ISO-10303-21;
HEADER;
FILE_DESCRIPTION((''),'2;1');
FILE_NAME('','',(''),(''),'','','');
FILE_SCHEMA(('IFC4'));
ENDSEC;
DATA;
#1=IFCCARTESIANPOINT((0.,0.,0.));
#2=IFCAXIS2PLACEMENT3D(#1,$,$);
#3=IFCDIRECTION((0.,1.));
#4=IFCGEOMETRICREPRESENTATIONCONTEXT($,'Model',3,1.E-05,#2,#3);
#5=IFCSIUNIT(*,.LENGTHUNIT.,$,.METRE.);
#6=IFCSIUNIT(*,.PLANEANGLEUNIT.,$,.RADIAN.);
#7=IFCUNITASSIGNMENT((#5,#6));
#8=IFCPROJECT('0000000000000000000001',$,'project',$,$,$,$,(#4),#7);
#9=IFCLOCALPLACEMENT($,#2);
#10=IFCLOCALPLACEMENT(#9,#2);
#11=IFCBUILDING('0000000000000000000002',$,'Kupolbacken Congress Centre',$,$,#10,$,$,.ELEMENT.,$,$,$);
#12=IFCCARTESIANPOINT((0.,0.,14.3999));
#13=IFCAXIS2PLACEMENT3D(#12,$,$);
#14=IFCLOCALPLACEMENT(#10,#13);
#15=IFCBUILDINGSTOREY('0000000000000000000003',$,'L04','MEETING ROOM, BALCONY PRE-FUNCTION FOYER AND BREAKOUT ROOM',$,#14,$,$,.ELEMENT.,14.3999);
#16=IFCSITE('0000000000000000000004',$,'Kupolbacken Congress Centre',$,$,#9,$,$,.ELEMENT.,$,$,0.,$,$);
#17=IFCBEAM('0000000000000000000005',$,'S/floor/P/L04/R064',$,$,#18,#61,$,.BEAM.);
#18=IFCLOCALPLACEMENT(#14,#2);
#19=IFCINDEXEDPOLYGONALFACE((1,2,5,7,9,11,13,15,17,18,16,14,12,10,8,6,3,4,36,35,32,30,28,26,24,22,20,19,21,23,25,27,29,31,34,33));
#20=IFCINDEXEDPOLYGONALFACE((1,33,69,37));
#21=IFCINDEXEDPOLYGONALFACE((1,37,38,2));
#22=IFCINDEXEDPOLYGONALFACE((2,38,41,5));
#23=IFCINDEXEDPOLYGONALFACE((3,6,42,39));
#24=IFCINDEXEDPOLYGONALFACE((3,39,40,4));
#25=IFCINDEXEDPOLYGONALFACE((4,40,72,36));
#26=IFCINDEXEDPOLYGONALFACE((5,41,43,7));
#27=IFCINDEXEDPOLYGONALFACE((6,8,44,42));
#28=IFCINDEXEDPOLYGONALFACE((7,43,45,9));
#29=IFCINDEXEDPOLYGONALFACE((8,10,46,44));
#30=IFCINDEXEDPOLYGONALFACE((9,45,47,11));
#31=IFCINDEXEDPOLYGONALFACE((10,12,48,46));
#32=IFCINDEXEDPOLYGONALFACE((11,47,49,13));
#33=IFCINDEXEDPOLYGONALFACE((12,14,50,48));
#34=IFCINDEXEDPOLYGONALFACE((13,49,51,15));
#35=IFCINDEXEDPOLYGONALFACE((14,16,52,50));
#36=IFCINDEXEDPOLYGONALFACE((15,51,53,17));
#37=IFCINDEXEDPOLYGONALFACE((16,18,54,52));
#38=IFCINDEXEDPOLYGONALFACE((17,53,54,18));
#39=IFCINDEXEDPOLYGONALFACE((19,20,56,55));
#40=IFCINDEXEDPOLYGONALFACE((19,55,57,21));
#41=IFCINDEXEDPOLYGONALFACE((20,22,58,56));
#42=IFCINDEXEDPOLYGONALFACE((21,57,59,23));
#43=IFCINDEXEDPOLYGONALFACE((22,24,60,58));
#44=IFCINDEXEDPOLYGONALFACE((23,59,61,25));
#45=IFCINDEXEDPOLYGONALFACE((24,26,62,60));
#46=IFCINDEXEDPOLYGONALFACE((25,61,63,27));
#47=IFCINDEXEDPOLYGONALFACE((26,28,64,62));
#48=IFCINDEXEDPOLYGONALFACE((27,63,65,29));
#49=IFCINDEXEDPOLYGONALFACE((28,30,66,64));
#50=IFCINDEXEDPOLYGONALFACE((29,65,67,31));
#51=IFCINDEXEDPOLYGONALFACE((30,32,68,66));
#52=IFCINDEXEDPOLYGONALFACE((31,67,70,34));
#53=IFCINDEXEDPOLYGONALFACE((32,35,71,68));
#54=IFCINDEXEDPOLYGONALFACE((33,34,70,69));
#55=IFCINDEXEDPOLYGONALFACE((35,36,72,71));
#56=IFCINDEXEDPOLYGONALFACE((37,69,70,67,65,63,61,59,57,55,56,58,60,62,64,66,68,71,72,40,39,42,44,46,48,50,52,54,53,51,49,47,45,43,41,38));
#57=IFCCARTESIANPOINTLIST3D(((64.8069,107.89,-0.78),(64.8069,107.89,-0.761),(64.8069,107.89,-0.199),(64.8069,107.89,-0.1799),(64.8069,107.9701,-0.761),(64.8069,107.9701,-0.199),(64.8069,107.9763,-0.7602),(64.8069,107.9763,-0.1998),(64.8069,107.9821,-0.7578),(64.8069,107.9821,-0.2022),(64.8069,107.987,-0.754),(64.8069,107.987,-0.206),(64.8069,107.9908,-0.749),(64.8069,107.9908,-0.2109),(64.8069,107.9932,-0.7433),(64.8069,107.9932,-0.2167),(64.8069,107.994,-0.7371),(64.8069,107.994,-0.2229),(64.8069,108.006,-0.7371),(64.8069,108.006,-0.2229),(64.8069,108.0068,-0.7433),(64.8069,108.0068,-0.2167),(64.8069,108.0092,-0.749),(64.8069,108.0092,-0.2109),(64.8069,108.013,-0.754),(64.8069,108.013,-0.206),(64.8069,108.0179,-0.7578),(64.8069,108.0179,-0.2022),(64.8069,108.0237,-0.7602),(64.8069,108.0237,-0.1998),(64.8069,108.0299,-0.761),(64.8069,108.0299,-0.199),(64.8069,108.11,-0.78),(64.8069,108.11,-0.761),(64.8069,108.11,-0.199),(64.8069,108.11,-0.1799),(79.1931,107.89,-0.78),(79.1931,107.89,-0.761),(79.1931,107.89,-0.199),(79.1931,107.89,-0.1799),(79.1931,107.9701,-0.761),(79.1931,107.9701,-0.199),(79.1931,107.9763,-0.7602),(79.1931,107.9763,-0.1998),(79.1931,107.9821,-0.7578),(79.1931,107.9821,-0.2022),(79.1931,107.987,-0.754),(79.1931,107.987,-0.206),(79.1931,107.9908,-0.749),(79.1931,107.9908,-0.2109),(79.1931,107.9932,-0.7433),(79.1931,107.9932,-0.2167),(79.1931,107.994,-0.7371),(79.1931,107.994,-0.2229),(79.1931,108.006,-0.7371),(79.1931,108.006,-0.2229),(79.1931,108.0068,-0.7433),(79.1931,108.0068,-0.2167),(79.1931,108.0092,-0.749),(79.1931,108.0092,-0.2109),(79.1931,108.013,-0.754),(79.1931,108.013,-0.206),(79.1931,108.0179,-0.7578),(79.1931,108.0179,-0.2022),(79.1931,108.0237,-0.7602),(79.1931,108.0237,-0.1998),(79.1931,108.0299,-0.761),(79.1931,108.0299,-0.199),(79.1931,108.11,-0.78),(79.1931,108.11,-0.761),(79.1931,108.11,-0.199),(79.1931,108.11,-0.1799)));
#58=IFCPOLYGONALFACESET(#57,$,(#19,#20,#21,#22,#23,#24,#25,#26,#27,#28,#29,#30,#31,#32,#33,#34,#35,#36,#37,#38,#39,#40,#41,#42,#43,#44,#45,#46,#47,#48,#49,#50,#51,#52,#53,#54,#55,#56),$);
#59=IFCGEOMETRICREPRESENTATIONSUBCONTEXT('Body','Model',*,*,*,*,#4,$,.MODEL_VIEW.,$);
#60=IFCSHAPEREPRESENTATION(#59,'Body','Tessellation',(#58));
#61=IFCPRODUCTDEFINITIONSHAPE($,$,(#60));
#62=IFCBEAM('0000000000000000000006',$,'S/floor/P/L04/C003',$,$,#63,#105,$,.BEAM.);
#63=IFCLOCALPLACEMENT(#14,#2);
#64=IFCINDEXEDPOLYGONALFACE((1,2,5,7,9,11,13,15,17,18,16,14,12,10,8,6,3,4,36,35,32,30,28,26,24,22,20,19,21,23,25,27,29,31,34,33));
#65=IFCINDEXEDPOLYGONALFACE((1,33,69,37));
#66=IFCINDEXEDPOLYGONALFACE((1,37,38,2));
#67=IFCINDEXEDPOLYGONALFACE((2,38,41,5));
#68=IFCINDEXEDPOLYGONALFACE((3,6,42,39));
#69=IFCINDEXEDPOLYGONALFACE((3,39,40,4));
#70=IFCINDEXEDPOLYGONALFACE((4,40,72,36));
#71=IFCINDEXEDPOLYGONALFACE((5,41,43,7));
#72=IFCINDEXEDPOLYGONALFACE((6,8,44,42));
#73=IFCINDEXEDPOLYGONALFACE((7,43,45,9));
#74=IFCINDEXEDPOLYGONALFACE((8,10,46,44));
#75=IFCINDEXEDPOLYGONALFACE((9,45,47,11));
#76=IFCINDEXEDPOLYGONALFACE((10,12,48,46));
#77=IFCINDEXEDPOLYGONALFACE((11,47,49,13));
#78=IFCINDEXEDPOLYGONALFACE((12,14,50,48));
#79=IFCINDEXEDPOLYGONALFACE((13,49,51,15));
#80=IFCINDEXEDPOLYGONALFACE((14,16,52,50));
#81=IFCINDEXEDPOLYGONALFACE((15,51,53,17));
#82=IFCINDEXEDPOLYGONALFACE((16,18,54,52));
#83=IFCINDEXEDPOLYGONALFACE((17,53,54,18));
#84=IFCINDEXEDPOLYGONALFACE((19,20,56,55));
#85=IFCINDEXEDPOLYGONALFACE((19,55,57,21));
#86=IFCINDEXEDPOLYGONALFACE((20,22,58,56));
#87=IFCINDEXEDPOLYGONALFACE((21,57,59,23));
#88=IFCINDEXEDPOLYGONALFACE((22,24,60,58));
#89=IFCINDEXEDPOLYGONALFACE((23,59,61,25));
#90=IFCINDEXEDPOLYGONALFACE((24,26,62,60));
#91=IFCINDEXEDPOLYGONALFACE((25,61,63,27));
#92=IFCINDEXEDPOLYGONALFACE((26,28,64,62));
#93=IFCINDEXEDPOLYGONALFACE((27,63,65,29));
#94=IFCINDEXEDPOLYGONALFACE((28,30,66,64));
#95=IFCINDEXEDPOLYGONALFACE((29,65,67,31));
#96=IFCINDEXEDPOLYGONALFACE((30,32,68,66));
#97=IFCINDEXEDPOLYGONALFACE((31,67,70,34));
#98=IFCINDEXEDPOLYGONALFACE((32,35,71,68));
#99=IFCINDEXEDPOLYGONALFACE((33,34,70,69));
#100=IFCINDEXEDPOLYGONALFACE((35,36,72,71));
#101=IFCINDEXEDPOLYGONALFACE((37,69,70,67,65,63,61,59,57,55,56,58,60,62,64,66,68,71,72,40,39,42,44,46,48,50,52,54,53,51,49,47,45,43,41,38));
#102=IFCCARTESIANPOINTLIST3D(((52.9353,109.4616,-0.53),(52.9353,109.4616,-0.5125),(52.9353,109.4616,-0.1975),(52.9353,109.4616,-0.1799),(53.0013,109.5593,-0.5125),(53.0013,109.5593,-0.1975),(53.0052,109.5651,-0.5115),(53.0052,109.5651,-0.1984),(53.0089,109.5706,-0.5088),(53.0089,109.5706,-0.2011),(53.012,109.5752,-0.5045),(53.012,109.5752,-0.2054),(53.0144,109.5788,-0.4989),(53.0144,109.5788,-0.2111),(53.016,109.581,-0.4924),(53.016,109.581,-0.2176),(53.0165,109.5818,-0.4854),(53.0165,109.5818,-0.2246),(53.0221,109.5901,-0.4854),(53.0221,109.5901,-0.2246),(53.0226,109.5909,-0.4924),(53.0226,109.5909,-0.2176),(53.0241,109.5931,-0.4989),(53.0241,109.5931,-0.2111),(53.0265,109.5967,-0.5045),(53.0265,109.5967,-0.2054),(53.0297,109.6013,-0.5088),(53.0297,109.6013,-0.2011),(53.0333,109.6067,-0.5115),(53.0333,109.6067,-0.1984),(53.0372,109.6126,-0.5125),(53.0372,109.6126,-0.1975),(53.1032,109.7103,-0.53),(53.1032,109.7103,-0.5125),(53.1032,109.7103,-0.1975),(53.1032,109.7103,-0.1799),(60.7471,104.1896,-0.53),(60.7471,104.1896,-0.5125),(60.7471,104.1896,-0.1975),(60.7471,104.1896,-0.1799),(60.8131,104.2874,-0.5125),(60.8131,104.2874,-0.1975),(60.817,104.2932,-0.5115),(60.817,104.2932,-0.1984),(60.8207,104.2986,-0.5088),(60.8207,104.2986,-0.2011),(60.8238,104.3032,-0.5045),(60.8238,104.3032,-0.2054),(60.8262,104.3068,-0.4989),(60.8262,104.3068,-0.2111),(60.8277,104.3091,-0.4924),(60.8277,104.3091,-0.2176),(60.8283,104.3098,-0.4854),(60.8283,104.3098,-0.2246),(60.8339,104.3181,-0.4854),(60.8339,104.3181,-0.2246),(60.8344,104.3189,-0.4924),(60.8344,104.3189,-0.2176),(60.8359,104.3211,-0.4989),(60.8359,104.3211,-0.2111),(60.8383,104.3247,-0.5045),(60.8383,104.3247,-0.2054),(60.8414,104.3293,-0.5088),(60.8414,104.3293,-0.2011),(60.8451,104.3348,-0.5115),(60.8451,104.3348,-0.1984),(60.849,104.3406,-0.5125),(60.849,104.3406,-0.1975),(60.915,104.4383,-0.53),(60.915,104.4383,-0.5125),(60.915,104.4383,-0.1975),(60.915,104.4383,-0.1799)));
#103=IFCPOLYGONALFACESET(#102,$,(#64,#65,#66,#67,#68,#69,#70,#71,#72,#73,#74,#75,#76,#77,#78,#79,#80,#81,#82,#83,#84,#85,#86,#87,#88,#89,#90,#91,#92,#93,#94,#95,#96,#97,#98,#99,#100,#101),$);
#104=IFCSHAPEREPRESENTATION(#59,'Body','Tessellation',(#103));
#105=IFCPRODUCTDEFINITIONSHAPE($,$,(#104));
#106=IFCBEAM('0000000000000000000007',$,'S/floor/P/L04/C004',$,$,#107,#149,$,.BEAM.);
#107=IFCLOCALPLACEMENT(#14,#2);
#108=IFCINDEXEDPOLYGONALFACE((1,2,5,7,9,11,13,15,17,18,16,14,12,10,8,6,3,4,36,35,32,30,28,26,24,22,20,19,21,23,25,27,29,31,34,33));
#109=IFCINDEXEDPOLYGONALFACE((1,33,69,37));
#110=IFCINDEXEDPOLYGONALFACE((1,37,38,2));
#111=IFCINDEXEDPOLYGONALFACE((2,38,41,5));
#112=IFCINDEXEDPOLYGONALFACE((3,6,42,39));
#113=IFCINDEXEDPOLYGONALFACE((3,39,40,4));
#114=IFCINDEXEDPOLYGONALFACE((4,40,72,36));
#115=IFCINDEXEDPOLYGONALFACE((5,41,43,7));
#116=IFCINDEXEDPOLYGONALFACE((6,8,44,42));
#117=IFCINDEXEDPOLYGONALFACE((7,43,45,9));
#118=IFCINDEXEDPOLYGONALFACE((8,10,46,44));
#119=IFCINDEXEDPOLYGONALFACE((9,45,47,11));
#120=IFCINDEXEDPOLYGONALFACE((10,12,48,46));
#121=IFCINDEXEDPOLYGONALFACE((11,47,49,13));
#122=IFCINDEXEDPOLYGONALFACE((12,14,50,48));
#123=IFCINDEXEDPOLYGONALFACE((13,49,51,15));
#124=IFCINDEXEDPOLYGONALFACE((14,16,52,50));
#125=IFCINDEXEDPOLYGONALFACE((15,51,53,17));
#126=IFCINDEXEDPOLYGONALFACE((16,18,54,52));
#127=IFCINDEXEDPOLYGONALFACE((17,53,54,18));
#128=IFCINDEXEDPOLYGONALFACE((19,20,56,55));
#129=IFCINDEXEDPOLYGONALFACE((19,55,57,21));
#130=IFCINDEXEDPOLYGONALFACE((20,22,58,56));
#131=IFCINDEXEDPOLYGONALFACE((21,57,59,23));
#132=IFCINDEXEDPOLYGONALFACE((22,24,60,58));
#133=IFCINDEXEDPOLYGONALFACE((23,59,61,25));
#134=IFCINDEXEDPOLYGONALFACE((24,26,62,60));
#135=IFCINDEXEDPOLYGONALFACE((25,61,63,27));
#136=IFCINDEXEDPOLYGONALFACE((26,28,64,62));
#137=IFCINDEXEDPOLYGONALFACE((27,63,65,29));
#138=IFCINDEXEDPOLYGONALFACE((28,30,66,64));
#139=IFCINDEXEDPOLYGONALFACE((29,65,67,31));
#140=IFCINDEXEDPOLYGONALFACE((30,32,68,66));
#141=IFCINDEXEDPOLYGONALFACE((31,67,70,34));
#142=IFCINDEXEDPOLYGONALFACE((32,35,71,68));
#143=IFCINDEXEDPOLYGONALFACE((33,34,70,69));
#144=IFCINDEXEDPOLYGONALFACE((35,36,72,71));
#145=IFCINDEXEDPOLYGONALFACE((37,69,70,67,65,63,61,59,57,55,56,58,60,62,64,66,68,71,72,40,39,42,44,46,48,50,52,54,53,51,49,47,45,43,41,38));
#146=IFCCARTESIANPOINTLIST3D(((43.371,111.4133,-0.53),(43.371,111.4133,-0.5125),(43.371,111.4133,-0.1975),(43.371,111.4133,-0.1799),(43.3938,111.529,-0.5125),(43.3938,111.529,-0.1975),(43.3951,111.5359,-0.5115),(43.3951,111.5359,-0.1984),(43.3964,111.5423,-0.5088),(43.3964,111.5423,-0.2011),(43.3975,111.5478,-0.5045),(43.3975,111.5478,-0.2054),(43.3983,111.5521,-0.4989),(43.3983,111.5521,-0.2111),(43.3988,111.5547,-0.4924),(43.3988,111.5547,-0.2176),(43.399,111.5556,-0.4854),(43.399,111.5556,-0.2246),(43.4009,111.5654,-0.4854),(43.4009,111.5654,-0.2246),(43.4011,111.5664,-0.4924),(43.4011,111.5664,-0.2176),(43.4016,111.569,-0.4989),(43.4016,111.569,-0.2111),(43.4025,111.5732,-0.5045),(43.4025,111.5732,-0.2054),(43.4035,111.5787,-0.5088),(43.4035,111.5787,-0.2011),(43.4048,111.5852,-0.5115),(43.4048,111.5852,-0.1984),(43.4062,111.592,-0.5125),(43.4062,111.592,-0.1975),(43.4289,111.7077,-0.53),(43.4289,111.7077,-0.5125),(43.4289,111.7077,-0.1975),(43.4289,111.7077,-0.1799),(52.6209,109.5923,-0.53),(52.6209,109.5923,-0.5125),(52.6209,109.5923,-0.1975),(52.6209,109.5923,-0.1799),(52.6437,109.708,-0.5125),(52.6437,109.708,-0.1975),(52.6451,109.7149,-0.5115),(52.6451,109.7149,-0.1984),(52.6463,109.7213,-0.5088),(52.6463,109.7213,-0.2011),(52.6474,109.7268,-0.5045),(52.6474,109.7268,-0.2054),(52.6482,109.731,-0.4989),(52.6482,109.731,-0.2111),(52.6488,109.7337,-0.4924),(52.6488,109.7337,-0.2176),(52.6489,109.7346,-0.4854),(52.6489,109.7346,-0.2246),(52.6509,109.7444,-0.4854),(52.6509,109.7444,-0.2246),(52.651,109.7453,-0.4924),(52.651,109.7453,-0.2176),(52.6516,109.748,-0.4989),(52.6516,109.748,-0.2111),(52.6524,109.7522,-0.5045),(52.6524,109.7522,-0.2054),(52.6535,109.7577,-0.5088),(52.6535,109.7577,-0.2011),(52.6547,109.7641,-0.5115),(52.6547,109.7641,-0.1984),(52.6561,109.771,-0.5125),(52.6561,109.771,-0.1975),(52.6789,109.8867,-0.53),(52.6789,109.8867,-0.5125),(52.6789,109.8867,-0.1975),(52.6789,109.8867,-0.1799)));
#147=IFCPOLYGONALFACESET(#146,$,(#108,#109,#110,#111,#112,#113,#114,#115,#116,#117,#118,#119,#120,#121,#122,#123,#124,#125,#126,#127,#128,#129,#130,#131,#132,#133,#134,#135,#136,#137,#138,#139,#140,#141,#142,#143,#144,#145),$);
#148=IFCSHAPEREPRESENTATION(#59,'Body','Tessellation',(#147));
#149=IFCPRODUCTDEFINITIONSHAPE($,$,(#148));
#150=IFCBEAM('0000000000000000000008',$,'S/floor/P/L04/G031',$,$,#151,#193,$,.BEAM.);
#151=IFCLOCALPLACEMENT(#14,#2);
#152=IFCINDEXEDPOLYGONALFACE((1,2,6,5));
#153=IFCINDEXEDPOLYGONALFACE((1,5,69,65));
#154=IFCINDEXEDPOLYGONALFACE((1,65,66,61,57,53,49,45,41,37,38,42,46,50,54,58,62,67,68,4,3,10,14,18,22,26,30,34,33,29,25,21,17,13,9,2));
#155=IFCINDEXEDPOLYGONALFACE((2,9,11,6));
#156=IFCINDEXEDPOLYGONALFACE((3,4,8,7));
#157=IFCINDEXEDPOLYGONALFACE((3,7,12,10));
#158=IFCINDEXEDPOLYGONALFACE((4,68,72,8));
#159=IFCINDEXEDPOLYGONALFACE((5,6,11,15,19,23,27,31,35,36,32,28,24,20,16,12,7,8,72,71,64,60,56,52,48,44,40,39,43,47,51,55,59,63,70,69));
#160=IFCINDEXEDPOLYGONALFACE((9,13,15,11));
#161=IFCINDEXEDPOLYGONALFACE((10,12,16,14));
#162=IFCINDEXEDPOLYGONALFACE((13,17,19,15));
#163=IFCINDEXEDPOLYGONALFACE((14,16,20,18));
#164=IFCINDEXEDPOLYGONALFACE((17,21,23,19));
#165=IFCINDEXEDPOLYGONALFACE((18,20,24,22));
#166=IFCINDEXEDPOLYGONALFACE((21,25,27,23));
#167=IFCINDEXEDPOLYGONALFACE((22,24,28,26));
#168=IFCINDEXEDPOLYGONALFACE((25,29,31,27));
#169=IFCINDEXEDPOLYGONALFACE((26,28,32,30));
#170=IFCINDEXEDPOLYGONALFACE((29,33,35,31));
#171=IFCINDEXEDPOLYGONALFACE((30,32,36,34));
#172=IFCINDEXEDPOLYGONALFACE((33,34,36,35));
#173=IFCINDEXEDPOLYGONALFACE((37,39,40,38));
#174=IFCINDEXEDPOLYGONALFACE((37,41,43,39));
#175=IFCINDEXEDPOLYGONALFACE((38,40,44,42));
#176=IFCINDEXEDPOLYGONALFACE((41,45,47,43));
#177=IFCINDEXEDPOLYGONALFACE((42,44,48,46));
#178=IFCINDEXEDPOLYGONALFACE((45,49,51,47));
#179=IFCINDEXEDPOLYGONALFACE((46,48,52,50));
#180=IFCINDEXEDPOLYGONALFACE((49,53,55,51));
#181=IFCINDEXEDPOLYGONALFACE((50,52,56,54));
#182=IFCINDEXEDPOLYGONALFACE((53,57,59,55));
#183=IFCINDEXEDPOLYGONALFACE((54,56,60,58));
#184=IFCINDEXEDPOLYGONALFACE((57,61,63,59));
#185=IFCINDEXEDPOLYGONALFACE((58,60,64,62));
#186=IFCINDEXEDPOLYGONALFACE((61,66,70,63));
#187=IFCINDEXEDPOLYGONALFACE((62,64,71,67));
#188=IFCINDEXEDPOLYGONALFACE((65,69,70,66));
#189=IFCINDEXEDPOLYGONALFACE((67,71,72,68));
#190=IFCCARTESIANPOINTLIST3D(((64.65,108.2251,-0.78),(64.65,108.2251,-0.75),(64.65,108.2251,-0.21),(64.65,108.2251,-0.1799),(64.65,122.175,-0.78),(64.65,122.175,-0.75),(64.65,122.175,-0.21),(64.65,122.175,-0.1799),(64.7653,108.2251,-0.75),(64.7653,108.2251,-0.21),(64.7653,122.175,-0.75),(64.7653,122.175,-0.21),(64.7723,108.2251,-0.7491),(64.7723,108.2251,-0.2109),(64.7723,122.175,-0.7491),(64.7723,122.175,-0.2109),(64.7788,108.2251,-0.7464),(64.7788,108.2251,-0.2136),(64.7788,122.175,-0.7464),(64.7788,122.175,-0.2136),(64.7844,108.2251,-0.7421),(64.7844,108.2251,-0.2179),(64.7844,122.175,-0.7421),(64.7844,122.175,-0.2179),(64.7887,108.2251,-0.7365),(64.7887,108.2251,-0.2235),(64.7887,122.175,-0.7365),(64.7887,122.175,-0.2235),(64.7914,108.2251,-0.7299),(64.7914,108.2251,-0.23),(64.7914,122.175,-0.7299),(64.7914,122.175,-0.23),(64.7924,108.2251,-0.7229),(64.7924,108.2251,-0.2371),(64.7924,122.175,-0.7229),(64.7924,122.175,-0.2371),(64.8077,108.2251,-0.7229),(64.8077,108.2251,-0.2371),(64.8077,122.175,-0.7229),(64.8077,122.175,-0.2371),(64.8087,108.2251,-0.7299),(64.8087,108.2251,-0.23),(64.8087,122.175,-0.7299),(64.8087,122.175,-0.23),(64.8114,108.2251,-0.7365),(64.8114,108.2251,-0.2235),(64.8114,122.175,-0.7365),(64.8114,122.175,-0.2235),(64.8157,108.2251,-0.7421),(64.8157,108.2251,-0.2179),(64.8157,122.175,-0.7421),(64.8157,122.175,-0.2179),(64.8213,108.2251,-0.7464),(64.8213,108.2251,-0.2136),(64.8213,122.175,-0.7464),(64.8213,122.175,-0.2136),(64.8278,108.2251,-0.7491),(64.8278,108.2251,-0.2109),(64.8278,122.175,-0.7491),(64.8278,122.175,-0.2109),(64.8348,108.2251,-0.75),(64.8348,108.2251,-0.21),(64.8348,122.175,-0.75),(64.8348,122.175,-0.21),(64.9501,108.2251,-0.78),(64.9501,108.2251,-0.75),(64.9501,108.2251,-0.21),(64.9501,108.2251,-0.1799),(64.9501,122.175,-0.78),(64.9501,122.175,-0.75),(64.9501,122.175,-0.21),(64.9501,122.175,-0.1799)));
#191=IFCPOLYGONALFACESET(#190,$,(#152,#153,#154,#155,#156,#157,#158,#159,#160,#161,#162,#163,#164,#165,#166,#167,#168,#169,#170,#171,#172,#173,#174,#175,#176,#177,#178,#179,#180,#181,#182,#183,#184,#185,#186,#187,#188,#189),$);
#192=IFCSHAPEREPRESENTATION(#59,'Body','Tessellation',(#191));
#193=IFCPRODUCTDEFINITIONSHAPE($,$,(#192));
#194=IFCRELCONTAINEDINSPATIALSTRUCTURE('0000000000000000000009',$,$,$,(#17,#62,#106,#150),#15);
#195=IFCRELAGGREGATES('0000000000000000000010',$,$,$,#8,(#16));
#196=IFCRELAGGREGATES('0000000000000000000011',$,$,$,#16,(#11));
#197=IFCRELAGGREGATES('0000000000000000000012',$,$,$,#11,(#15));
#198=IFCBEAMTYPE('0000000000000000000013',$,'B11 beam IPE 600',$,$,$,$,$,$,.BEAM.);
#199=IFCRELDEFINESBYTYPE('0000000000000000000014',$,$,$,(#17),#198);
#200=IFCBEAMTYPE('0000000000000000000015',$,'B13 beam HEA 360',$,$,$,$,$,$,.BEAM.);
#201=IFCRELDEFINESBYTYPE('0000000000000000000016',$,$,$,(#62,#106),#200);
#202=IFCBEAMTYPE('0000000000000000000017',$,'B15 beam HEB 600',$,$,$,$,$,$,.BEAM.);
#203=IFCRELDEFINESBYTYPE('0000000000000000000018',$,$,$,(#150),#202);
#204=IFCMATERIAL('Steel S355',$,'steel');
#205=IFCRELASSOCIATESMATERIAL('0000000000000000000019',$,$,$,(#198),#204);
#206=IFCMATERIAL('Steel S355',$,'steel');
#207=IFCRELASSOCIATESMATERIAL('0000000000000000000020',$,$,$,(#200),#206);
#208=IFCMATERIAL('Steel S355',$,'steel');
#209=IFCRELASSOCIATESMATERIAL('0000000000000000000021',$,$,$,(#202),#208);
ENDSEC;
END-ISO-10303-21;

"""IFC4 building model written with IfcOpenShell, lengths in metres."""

from ifc_helpers import new_model, si_unit, direction, frame, origin, origin_2d, place, context, subcontext, project, spatial, i_section, extrude, material, material_profile, profile_set, type_object, element, save


model = new_model("IFC4")

# Units and contexts
model_context = context("Model", 3, precision=1e-05, world=origin(), true_north=direction((0.0, 1.0)))
body_context = subcontext(model_context, "Body", "Model", "MODEL_VIEW")
ifc_project = project(units=[si_unit("LENGTHUNIT", "METRE"), si_unit("PLANEANGLEUNIT", "RADIAN")], contexts=[model_context])

# Site, building, storey
site_placement = place(None, origin())
site = spatial("IfcSite", under=ifc_project, at=site_placement, Name="Kupolbacken Congress Centre", CompositionType="ELEMENT", RefElevation=0.0)
building_placement = place(site_placement, origin())
building = spatial("IfcBuilding", under=site, at=building_placement, Name="Kupolbacken Congress Centre", CompositionType="ELEMENT")
storey_placement = place(building_placement, frame((0.0, 0.0, 14.3999)))
storey = spatial("IfcBuildingStorey", under=building, at=storey_placement, Name="L04", Description="MEETING ROOM, BALCONY PRE-FUNCTION FOYER AND BREAKOUT ROOM", CompositionType="ELEMENT", Elevation=14.3999)

# Beams
ifc_material_1 = material(Name="Steel S355", Category="steel")
ifc_material_profile_1 = material_profile(ifc_material_1, i_section(OverallWidth=0.22, OverallDepth=0.6001, WebThickness=0.012, FlangeThickness=0.019, FilletRadius=0.0239, at=origin_2d()), Name="IPE 600")
ifc_profile_set_1 = profile_set([ifc_material_profile_1], Name="Steel S355")
beam_type_1 = type_object("IfcBeamType", Name="B11 beam IPE 600", PredefinedType="BEAM", material=ifc_profile_set_1)
beam_1_placement = place(storey_placement, frame((64.8069, 108.0, -0.48), z_axis=(1.0, 0.0, 0.0), x_axis=(0.0, 1.0, 0.0)))
element("IfcBeam", 1, at=beam_1_placement, inside=storey, type_object=beam_type_1, Name="S/floor/P/L04/R064", PredefinedType="BEAM", context=body_context, shape_type="SweptSolid", body=[
    extrude(i_section(OverallWidth=0.22, OverallDepth=0.6001, WebThickness=0.012, FlangeThickness=0.019, FilletRadius=0.0239, at=origin_2d()), origin(), (0.0, 0.0, 1.0), 14.3862),
])
ifc_material_2 = material(Name="Steel S355", Category="steel")
ifc_material_profile_2 = material_profile(ifc_material_2, i_section(OverallWidth=0.3, OverallDepth=0.3501, WebThickness=0.01, FlangeThickness=0.0176, FilletRadius=0.0271, at=origin_2d()), Name="HEA 360")
ifc_profile_set_2 = profile_set([ifc_material_profile_2], Name="Steel S355")
beam_type_2 = type_object("IfcBeamType", Name="B13 beam HEA 360", PredefinedType="BEAM", material=ifc_profile_set_2)
beam_2_placement = place(storey_placement, frame((60.8311, 104.314, -0.355), z_axis=(-0.828896, 0.559402, 0.0), x_axis=(-0.559402, -0.828896, 0.0)))
element("IfcBeam", 2, at=beam_2_placement, inside=storey, type_object=beam_type_2, Name="S/floor/P/L04/C003", PredefinedType="BEAM", context=body_context, shape_type="SweptSolid", body=[
    extrude(i_section(OverallWidth=0.3, OverallDepth=0.3501, WebThickness=0.01, FlangeThickness=0.0176, FilletRadius=0.0271, at=origin_2d()), origin(), (0.0, 0.0, 1.0), 9.4243),
])
beam_3_placement = place(storey_placement, frame((52.6499, 109.7395, -0.355), z_axis=(-0.981167, 0.193162, 0.0), x_axis=(-0.193162, -0.981167, 0.0)))
element("IfcBeam", 3, at=beam_3_placement, inside=storey, type_object=beam_type_2, Name="S/floor/P/L04/C004", PredefinedType="BEAM", context=body_context, shape_type="SweptSolid", body=[
    extrude(i_section(OverallWidth=0.3, OverallDepth=0.3501, WebThickness=0.01, FlangeThickness=0.0176, FilletRadius=0.0271, at=origin_2d()), origin(), (0.0, 0.0, 1.0), 9.4275),
])
ifc_material_3 = material(Name="Steel S355", Category="steel")
ifc_material_profile_3 = material_profile(ifc_material_3, i_section(OverallWidth=0.3, OverallDepth=0.6001, WebThickness=0.0154, FlangeThickness=0.03, FilletRadius=0.0271, at=origin_2d()), Name="HEB 600")
ifc_profile_set_3 = profile_set([ifc_material_profile_3], Name="Steel S355")
beam_type_3 = type_object("IfcBeamType", Name="B15 beam HEB 600", PredefinedType="BEAM", material=ifc_profile_set_3)
beam_4_placement = place(storey_placement, frame((64.8, 108.2251, -0.48), z_axis=(0.0, 1.0, 0.0), x_axis=(-1.0, 0.0, 0.0)))
element("IfcBeam", 4, at=beam_4_placement, inside=storey, type_object=beam_type_3, Name="S/floor/P/L04/G031", PredefinedType="BEAM", context=body_context, shape_type="SweptSolid", body=[
    extrude(i_section(OverallWidth=0.3, OverallDepth=0.6001, WebThickness=0.0154, FlangeThickness=0.03, FilletRadius=0.0271, at=origin_2d()), origin(), (0.0, 0.0, 1.0), 13.95),
])

save(model, "model.ifc")
